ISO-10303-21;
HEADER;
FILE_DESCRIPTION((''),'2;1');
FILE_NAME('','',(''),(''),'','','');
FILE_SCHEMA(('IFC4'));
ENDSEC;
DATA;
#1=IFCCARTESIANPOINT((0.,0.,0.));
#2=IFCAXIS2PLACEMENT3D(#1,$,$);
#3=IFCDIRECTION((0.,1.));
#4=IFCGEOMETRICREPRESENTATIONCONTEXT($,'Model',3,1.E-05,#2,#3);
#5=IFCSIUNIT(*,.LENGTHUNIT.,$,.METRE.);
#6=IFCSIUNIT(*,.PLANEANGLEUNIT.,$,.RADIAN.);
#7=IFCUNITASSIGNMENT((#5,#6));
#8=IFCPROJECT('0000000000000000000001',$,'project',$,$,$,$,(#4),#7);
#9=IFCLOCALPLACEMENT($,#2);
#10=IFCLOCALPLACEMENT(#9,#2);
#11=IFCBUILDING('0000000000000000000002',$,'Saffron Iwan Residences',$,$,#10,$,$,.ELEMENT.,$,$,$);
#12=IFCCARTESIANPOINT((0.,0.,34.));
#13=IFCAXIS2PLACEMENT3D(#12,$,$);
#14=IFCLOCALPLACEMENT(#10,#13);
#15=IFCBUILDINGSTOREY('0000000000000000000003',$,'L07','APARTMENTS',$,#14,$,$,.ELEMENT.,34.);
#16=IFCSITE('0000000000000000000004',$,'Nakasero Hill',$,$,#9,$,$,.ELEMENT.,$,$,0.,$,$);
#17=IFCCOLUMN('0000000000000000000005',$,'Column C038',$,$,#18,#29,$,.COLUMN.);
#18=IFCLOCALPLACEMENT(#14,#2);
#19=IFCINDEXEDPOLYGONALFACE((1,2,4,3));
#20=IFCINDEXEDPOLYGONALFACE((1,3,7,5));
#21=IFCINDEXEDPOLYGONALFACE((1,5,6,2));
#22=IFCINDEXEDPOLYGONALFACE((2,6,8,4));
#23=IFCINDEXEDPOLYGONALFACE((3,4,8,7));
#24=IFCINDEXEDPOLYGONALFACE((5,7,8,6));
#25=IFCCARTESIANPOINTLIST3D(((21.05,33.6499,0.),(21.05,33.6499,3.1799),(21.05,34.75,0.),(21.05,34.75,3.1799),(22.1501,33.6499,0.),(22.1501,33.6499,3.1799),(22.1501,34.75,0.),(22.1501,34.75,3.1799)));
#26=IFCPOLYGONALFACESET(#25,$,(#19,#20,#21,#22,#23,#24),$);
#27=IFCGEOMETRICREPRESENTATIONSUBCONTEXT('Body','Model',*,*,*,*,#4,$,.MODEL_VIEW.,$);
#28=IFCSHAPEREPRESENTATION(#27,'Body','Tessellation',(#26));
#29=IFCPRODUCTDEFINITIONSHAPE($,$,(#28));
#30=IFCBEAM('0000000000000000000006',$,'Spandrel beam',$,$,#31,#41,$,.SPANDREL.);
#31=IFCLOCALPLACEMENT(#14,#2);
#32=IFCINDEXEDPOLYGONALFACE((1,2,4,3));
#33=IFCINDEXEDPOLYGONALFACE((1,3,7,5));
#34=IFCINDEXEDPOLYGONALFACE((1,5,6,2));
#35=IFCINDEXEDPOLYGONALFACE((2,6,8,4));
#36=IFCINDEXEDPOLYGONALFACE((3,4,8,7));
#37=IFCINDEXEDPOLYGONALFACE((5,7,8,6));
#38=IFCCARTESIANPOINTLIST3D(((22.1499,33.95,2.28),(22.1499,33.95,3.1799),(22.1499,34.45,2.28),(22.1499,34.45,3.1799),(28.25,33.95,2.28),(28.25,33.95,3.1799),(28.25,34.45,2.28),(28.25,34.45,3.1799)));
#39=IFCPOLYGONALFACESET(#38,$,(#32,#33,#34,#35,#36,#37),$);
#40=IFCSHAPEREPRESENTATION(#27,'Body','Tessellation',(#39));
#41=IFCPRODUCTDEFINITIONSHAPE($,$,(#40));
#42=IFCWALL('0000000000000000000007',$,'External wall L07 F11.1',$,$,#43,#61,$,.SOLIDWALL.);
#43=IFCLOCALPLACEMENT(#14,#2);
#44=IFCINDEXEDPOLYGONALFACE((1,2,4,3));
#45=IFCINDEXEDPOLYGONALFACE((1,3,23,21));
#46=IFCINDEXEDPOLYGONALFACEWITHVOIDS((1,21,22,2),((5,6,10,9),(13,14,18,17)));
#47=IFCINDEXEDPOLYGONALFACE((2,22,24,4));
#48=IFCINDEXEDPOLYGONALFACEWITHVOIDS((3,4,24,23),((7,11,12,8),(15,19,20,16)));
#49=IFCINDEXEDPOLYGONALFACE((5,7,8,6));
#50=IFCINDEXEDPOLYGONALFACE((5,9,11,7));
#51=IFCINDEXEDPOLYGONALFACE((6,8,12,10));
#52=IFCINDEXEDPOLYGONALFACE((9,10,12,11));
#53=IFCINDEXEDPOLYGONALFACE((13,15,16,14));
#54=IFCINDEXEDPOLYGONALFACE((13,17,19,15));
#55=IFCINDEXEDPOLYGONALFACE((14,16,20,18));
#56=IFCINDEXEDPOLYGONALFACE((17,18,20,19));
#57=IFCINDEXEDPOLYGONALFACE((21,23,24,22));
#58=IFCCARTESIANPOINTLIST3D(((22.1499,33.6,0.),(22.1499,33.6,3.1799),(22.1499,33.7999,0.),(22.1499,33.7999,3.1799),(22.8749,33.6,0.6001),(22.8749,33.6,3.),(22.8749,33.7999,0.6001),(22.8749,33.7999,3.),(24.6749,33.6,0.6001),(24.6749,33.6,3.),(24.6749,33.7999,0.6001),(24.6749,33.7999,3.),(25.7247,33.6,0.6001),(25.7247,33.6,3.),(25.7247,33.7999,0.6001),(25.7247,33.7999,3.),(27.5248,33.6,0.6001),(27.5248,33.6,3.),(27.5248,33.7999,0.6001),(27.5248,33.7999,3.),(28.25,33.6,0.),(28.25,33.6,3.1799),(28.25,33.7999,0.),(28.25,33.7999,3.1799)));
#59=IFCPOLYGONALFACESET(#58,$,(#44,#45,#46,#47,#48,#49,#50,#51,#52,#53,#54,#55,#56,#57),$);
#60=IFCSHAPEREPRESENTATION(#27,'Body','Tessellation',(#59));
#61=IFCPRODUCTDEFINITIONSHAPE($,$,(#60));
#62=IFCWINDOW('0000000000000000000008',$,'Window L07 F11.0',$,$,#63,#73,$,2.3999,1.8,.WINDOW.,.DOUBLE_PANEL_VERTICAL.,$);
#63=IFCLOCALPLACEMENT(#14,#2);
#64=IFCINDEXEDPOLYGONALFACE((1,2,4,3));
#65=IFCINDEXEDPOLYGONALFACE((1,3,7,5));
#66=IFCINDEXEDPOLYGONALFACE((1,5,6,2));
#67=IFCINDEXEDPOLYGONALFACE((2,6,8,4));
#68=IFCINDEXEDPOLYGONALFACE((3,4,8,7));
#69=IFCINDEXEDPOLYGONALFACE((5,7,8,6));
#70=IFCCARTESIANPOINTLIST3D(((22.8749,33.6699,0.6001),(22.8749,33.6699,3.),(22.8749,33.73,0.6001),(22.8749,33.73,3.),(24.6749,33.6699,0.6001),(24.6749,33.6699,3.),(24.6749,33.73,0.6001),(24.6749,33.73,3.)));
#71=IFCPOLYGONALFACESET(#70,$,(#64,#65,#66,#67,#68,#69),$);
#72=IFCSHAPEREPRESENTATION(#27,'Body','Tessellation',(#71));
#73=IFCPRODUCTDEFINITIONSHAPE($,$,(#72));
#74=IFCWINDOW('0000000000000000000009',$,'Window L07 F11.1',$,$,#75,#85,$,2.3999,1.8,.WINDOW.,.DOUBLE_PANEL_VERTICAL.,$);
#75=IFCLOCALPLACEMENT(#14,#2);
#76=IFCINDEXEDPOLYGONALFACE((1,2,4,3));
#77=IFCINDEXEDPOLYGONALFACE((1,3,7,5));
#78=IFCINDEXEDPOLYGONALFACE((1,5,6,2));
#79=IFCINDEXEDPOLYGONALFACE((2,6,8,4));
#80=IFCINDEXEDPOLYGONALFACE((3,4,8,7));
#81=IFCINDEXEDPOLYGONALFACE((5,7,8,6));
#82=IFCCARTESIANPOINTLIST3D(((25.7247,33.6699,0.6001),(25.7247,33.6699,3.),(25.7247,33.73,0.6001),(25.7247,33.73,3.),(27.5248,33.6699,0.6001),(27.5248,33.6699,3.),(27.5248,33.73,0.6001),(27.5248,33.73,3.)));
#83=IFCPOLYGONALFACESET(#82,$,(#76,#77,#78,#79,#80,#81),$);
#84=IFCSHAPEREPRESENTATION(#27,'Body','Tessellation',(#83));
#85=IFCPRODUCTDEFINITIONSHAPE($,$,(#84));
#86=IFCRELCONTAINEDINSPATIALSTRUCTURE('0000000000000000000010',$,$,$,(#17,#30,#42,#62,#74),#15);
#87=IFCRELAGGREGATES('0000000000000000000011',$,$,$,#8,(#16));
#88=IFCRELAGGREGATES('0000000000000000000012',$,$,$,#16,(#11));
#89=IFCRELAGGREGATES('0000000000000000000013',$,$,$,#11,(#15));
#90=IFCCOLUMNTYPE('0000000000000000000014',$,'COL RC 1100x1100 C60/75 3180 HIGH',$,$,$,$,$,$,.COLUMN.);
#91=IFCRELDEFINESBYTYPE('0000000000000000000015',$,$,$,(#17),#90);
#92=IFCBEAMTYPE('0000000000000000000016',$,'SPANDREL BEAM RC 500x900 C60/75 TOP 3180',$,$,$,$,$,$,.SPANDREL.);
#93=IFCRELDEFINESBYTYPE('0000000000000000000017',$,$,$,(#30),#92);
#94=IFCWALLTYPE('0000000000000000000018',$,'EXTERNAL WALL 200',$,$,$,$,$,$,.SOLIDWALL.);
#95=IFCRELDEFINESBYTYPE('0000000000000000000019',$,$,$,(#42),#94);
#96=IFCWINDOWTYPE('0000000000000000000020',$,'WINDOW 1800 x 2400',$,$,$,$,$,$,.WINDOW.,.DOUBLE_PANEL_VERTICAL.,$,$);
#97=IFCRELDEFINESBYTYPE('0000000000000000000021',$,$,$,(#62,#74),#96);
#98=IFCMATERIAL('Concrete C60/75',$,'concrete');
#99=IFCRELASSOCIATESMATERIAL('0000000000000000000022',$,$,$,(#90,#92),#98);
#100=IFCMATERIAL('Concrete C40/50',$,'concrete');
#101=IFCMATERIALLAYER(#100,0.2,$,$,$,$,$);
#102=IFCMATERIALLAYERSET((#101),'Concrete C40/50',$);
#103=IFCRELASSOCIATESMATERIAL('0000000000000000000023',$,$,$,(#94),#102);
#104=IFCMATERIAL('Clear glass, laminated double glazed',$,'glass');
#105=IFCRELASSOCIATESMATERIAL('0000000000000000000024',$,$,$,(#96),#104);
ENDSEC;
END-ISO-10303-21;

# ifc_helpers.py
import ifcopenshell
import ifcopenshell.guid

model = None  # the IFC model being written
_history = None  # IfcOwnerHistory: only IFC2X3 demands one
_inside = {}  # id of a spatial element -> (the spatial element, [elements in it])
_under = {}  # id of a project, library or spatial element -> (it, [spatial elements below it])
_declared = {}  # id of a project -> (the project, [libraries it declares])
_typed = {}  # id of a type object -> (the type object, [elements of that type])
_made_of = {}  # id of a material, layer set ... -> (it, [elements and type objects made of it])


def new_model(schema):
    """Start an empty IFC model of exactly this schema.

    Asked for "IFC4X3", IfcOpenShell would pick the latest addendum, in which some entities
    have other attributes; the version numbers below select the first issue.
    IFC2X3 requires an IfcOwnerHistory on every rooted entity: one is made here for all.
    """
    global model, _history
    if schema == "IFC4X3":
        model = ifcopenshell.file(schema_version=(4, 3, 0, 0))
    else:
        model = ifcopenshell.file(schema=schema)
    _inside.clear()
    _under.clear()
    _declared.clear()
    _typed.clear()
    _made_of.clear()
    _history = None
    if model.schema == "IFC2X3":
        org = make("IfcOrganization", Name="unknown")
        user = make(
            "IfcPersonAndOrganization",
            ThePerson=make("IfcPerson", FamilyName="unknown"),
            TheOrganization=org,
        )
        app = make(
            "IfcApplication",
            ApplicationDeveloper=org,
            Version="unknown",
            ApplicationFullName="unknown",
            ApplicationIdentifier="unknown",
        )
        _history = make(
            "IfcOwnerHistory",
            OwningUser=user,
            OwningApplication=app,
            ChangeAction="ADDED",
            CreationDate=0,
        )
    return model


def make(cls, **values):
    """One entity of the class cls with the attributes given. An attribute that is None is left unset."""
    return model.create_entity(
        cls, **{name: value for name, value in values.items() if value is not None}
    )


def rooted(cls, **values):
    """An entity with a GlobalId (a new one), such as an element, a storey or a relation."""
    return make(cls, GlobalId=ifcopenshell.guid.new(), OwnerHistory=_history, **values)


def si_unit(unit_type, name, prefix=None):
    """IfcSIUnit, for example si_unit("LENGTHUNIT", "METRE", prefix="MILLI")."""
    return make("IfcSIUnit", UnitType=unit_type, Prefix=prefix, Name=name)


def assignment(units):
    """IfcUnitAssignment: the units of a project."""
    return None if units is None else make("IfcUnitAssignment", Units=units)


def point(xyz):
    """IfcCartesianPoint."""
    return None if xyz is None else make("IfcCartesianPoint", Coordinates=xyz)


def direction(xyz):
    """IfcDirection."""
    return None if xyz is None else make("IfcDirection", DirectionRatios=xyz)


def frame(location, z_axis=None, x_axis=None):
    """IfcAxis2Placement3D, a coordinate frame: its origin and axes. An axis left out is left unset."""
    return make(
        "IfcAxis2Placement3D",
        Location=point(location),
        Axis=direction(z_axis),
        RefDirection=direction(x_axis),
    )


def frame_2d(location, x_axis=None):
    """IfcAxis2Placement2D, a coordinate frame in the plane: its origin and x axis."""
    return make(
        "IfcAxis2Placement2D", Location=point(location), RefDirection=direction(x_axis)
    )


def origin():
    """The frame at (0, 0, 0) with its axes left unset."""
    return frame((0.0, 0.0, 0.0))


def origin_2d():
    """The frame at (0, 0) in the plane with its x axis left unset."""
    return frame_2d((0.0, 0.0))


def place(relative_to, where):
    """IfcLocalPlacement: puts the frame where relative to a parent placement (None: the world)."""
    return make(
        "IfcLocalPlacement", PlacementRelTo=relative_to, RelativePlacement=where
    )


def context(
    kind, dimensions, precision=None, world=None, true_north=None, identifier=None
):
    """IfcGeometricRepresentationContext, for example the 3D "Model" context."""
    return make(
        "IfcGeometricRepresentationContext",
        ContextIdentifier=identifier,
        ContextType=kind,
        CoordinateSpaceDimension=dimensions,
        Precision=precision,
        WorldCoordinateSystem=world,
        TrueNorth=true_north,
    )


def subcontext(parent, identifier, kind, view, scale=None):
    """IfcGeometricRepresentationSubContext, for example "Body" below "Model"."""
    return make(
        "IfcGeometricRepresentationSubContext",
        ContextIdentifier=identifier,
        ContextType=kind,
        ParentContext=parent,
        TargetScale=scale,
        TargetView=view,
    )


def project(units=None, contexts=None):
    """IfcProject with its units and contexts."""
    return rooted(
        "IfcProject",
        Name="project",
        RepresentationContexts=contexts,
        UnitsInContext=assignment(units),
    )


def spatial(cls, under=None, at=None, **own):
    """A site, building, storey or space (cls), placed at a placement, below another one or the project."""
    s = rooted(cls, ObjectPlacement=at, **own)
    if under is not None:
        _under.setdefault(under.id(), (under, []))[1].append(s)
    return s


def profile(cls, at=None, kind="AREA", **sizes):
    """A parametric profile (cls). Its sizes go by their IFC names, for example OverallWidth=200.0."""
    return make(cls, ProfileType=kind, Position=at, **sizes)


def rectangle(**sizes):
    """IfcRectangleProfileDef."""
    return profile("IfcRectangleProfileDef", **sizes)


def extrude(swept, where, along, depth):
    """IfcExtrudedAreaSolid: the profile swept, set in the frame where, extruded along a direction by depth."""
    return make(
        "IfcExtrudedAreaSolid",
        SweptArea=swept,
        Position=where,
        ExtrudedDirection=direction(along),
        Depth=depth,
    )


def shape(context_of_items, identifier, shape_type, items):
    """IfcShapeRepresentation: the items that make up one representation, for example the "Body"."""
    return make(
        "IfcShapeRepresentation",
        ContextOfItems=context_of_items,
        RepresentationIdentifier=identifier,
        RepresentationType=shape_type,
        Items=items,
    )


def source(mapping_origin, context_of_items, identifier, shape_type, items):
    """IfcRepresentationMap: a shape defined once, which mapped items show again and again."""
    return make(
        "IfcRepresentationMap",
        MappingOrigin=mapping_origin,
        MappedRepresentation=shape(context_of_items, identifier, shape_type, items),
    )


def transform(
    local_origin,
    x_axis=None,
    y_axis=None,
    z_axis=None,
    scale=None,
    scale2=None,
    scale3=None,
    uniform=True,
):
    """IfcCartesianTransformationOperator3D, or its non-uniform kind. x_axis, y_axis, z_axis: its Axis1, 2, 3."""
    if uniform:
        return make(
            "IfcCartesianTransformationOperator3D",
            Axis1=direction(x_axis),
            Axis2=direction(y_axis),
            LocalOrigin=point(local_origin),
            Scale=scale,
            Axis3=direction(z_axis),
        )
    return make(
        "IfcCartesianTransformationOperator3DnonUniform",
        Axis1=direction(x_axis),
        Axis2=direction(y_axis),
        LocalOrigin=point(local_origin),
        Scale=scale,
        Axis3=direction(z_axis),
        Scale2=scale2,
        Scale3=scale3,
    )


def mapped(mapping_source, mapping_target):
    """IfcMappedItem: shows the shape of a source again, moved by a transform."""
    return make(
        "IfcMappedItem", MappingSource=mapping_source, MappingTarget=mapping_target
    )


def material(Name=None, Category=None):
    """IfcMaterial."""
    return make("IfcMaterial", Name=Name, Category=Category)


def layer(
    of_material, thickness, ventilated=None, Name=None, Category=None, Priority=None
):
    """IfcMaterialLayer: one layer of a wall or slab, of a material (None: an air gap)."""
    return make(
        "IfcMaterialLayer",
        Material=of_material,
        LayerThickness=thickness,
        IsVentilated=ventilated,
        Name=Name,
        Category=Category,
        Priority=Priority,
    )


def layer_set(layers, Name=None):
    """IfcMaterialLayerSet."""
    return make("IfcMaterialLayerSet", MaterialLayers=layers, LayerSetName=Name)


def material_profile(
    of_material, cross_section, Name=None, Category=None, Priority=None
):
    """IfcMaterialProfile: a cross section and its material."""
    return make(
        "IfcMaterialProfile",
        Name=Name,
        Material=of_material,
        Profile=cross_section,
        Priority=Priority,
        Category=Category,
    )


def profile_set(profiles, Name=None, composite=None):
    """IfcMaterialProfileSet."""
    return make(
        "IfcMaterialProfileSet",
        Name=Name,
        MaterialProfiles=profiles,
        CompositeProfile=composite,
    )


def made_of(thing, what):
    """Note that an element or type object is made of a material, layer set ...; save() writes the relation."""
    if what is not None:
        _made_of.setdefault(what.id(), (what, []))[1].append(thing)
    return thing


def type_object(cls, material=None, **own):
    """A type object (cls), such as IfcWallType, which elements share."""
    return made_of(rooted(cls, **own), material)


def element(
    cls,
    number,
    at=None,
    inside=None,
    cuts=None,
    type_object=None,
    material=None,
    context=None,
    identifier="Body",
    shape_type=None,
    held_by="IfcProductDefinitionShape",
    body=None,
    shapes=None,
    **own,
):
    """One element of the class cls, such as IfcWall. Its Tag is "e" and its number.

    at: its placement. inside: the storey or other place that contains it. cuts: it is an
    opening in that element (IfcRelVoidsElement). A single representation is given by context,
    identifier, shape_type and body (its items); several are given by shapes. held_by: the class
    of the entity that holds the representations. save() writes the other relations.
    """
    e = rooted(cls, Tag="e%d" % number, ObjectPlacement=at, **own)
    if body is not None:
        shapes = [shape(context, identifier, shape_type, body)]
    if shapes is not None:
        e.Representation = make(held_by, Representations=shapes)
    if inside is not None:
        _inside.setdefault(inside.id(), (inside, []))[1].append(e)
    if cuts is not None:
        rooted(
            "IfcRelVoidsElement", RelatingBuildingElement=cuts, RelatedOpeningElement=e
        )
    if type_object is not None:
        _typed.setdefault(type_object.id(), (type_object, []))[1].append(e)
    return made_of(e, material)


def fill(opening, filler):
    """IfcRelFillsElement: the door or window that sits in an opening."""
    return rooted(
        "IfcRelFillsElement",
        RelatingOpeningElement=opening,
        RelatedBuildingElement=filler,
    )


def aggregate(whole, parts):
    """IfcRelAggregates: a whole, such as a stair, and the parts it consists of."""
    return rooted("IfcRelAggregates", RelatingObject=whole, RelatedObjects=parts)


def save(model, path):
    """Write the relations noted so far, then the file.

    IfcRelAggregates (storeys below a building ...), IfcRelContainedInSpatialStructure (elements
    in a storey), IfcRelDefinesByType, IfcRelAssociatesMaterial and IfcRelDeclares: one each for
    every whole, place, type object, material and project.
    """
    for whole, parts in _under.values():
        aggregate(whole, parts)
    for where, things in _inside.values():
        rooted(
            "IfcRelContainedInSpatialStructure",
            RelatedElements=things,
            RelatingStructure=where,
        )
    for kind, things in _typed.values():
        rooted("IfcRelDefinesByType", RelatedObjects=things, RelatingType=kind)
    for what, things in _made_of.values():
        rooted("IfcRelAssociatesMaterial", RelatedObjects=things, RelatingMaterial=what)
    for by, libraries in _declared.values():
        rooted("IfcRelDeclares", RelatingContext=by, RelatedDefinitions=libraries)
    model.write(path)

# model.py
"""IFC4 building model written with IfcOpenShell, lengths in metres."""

from ifc_helpers import new_model, si_unit, direction, frame, frame_2d, origin, origin_2d, place, context, subcontext, project, spatial, rectangle, extrude, source, transform, mapped, material, layer, layer_set, material_profile, profile_set, type_object, element, fill, save


model = new_model("IFC4")

# Units and contexts
model_context = context("Model", 3, precision=1e-05, world=origin(), true_north=direction((0.0, 1.0)))
body_context = subcontext(model_context, "Body", "Model", "MODEL_VIEW")
ifc_project = project(units=[si_unit("LENGTHUNIT", "METRE"), si_unit("PLANEANGLEUNIT", "RADIAN")], contexts=[model_context])

# Site, building, storey
site_placement = place(None, origin())
site = spatial("IfcSite", under=ifc_project, at=site_placement, Name="Nakasero Hill", CompositionType="ELEMENT", RefElevation=0.0)
building_placement = place(site_placement, origin())
building = spatial("IfcBuilding", under=site, at=building_placement, Name="Saffron Iwan Residences", CompositionType="ELEMENT")
storey_placement = place(building_placement, frame((0.0, 0.0, 34.0)))
storey = spatial("IfcBuildingStorey", under=building, at=storey_placement, Name="L07", Description="APARTMENTS", CompositionType="ELEMENT", Elevation=34.0)

# Column
ifc_material_1 = material(Name="Concrete C60/75", Category="concrete")
ifc_material_profile_1 = material_profile(ifc_material_1, rectangle(XDim=1.1001, YDim=1.1001, at=origin_2d()), Name="RC 1100x1100")
ifc_profile_set_1 = profile_set([ifc_material_profile_1], Name="Concrete C60/75")
column_type = type_object("IfcColumnType", Name="COL RC 1100x1100 C60/75 3180 HIGH", PredefinedType="COLUMN", material=ifc_profile_set_1)
shared_shape_1 = source(origin(), body_context, "Body", "SweptSolid", [
    extrude(rectangle(XDim=1.1001, YDim=1.1001, at=origin_2d()), origin(), (0.0, 0.0, 1.0), 3.1799),
])
column_placement = place(storey_placement, frame((21.6001, 34.2, 0.0), z_axis=(0.0, 0.0, 1.0), x_axis=(1.0, 0.0, 0.0)))
element("IfcColumn", 1, at=column_placement, inside=storey, type_object=column_type, Name="Column C038", PredefinedType="COLUMN", context=body_context, shape_type="MappedRepresentation", body=[
    mapped(shared_shape_1, transform((0.0, 0.0, 0.0))),
])

# Beam
ifc_material_profile_2 = material_profile(ifc_material_1, rectangle(XDim=0.5, YDim=0.8999, at=origin_2d()), Name="RC 500x900")
ifc_profile_set_2 = profile_set([ifc_material_profile_2], Name="Concrete C60/75")
beam_type = type_object("IfcBeamType", Name="SPANDREL BEAM RC 500x900 C60/75 TOP 3180", PredefinedType="SPANDREL", material=ifc_profile_set_2)
shared_shape_2 = source(origin(), body_context, "Body", "SweptSolid", [
    extrude(rectangle(XDim=0.5, YDim=0.8999, at=origin_2d()), origin(), (0.0, 0.0, 1.0), 6.1001),
])
beam_placement = place(storey_placement, frame((28.25, 34.2, 2.73), z_axis=(-1.0, 0.0, 0.0), x_axis=(0.0, -1.0, 0.0)))
element("IfcBeam", 2, at=beam_placement, inside=storey, type_object=beam_type, Name="Spandrel beam", PredefinedType="SPANDREL", context=body_context, shape_type="MappedRepresentation", body=[
    mapped(shared_shape_2, transform((0.0, 0.0, 0.0))),
])

# Wall, openings, windows
ifc_material_2 = material(Name="Concrete C40/50", Category="concrete")
ifc_layer_1 = layer(ifc_material_2, 0.2)
ifc_layer_set_1 = layer_set([ifc_layer_1], Name="Concrete C40/50")
wall_type_1 = type_object("IfcWallType", Name="EXTERNAL WALL 200", PredefinedType="SOLIDWALL", material=ifc_layer_set_1)
wall_1_placement = place(storey_placement, frame((22.1499, 33.7, 0.0), z_axis=(0.0, 0.0, 1.0), x_axis=(1.0, 0.0, 0.0)))
wall_1 = element("IfcWall", 3, at=wall_1_placement, inside=storey, type_object=wall_type_1, Name="External wall L07 F11.1", PredefinedType="SOLIDWALL", context=body_context, shape_type="SweptSolid", body=[
    extrude(rectangle(XDim=6.1001, YDim=0.2, at=frame_2d((3.05, 0.0))), origin(), (0.0, 0.0, 1.0), 3.1799),
])
opening_1_placement = place(wall_1_placement, frame((0.7251, 0.0, 0.6001)))
opening_1 = element("IfcOpeningElement", 4, at=opening_1_placement, cuts=wall_1, PredefinedType="OPENING", context=body_context, shape_type="SweptSolid", body=[
    extrude(rectangle(XDim=1.8, YDim=2.3999, at=frame_2d((0.8999, 1.2))), frame((0.0, 0.1099, 0.0), z_axis=(0.0, -1.0, 0.0), x_axis=(1.0, 0.0, 0.0)), (0.0, 0.0, 1.0), 0.22),
])
opening_2_placement = place(wall_1_placement, frame((3.575, 0.0, 0.6001)))
opening_2 = element("IfcOpeningElement", 5, at=opening_2_placement, cuts=wall_1, PredefinedType="OPENING", context=body_context, shape_type="SweptSolid", body=[
    extrude(rectangle(XDim=1.8, YDim=2.3999, at=frame_2d((0.8999, 1.2))), frame((0.0, 0.1099, 0.0), z_axis=(0.0, -1.0, 0.0), x_axis=(1.0, 0.0, 0.0)), (0.0, 0.0, 1.0), 0.22),
])
ifc_material_3 = material(Name="Clear glass, laminated double glazed", Category="glass")
window_type = type_object("IfcWindowType", Name="WINDOW 1800 x 2400", PartitioningType="DOUBLE_PANEL_VERTICAL", PredefinedType="WINDOW", material=ifc_material_3)
window_1_placement = place(opening_1_placement, origin())
window_1 = element("IfcWindow", 6, at=window_1_placement, inside=storey, type_object=window_type, Name="Window L07 F11.0", OverallHeight=2.3999, OverallWidth=1.8, PartitioningType="DOUBLE_PANEL_VERTICAL", PredefinedType="WINDOW", context=body_context, shape_type="SweptSolid", body=[
    extrude(rectangle(XDim=1.8, YDim=2.3999, at=frame_2d((0.8999, 1.2))), frame((0.0, 0.03, 0.0), z_axis=(0.0, -1.0, 0.0), x_axis=(1.0, 0.0, 0.0)), (0.0, 0.0, 1.0), 0.0601),
])
fill(opening_1, window_1)
window_2_placement = place(opening_2_placement, origin())
window_2 = element("IfcWindow", 7, at=window_2_placement, inside=storey, type_object=window_type, Name="Window L07 F11.1", OverallHeight=2.3999, OverallWidth=1.8, PartitioningType="DOUBLE_PANEL_VERTICAL", PredefinedType="WINDOW", context=body_context, shape_type="SweptSolid", body=[
    extrude(rectangle(XDim=1.8, YDim=2.3999, at=frame_2d((0.8999, 1.2))), frame((0.0, 0.03, 0.0), z_axis=(0.0, -1.0, 0.0), x_axis=(1.0, 0.0, 0.0)), (0.0, 0.0, 1.0), 0.0601),
])
fill(opening_2, window_2)

save(model, "model.ifc")
